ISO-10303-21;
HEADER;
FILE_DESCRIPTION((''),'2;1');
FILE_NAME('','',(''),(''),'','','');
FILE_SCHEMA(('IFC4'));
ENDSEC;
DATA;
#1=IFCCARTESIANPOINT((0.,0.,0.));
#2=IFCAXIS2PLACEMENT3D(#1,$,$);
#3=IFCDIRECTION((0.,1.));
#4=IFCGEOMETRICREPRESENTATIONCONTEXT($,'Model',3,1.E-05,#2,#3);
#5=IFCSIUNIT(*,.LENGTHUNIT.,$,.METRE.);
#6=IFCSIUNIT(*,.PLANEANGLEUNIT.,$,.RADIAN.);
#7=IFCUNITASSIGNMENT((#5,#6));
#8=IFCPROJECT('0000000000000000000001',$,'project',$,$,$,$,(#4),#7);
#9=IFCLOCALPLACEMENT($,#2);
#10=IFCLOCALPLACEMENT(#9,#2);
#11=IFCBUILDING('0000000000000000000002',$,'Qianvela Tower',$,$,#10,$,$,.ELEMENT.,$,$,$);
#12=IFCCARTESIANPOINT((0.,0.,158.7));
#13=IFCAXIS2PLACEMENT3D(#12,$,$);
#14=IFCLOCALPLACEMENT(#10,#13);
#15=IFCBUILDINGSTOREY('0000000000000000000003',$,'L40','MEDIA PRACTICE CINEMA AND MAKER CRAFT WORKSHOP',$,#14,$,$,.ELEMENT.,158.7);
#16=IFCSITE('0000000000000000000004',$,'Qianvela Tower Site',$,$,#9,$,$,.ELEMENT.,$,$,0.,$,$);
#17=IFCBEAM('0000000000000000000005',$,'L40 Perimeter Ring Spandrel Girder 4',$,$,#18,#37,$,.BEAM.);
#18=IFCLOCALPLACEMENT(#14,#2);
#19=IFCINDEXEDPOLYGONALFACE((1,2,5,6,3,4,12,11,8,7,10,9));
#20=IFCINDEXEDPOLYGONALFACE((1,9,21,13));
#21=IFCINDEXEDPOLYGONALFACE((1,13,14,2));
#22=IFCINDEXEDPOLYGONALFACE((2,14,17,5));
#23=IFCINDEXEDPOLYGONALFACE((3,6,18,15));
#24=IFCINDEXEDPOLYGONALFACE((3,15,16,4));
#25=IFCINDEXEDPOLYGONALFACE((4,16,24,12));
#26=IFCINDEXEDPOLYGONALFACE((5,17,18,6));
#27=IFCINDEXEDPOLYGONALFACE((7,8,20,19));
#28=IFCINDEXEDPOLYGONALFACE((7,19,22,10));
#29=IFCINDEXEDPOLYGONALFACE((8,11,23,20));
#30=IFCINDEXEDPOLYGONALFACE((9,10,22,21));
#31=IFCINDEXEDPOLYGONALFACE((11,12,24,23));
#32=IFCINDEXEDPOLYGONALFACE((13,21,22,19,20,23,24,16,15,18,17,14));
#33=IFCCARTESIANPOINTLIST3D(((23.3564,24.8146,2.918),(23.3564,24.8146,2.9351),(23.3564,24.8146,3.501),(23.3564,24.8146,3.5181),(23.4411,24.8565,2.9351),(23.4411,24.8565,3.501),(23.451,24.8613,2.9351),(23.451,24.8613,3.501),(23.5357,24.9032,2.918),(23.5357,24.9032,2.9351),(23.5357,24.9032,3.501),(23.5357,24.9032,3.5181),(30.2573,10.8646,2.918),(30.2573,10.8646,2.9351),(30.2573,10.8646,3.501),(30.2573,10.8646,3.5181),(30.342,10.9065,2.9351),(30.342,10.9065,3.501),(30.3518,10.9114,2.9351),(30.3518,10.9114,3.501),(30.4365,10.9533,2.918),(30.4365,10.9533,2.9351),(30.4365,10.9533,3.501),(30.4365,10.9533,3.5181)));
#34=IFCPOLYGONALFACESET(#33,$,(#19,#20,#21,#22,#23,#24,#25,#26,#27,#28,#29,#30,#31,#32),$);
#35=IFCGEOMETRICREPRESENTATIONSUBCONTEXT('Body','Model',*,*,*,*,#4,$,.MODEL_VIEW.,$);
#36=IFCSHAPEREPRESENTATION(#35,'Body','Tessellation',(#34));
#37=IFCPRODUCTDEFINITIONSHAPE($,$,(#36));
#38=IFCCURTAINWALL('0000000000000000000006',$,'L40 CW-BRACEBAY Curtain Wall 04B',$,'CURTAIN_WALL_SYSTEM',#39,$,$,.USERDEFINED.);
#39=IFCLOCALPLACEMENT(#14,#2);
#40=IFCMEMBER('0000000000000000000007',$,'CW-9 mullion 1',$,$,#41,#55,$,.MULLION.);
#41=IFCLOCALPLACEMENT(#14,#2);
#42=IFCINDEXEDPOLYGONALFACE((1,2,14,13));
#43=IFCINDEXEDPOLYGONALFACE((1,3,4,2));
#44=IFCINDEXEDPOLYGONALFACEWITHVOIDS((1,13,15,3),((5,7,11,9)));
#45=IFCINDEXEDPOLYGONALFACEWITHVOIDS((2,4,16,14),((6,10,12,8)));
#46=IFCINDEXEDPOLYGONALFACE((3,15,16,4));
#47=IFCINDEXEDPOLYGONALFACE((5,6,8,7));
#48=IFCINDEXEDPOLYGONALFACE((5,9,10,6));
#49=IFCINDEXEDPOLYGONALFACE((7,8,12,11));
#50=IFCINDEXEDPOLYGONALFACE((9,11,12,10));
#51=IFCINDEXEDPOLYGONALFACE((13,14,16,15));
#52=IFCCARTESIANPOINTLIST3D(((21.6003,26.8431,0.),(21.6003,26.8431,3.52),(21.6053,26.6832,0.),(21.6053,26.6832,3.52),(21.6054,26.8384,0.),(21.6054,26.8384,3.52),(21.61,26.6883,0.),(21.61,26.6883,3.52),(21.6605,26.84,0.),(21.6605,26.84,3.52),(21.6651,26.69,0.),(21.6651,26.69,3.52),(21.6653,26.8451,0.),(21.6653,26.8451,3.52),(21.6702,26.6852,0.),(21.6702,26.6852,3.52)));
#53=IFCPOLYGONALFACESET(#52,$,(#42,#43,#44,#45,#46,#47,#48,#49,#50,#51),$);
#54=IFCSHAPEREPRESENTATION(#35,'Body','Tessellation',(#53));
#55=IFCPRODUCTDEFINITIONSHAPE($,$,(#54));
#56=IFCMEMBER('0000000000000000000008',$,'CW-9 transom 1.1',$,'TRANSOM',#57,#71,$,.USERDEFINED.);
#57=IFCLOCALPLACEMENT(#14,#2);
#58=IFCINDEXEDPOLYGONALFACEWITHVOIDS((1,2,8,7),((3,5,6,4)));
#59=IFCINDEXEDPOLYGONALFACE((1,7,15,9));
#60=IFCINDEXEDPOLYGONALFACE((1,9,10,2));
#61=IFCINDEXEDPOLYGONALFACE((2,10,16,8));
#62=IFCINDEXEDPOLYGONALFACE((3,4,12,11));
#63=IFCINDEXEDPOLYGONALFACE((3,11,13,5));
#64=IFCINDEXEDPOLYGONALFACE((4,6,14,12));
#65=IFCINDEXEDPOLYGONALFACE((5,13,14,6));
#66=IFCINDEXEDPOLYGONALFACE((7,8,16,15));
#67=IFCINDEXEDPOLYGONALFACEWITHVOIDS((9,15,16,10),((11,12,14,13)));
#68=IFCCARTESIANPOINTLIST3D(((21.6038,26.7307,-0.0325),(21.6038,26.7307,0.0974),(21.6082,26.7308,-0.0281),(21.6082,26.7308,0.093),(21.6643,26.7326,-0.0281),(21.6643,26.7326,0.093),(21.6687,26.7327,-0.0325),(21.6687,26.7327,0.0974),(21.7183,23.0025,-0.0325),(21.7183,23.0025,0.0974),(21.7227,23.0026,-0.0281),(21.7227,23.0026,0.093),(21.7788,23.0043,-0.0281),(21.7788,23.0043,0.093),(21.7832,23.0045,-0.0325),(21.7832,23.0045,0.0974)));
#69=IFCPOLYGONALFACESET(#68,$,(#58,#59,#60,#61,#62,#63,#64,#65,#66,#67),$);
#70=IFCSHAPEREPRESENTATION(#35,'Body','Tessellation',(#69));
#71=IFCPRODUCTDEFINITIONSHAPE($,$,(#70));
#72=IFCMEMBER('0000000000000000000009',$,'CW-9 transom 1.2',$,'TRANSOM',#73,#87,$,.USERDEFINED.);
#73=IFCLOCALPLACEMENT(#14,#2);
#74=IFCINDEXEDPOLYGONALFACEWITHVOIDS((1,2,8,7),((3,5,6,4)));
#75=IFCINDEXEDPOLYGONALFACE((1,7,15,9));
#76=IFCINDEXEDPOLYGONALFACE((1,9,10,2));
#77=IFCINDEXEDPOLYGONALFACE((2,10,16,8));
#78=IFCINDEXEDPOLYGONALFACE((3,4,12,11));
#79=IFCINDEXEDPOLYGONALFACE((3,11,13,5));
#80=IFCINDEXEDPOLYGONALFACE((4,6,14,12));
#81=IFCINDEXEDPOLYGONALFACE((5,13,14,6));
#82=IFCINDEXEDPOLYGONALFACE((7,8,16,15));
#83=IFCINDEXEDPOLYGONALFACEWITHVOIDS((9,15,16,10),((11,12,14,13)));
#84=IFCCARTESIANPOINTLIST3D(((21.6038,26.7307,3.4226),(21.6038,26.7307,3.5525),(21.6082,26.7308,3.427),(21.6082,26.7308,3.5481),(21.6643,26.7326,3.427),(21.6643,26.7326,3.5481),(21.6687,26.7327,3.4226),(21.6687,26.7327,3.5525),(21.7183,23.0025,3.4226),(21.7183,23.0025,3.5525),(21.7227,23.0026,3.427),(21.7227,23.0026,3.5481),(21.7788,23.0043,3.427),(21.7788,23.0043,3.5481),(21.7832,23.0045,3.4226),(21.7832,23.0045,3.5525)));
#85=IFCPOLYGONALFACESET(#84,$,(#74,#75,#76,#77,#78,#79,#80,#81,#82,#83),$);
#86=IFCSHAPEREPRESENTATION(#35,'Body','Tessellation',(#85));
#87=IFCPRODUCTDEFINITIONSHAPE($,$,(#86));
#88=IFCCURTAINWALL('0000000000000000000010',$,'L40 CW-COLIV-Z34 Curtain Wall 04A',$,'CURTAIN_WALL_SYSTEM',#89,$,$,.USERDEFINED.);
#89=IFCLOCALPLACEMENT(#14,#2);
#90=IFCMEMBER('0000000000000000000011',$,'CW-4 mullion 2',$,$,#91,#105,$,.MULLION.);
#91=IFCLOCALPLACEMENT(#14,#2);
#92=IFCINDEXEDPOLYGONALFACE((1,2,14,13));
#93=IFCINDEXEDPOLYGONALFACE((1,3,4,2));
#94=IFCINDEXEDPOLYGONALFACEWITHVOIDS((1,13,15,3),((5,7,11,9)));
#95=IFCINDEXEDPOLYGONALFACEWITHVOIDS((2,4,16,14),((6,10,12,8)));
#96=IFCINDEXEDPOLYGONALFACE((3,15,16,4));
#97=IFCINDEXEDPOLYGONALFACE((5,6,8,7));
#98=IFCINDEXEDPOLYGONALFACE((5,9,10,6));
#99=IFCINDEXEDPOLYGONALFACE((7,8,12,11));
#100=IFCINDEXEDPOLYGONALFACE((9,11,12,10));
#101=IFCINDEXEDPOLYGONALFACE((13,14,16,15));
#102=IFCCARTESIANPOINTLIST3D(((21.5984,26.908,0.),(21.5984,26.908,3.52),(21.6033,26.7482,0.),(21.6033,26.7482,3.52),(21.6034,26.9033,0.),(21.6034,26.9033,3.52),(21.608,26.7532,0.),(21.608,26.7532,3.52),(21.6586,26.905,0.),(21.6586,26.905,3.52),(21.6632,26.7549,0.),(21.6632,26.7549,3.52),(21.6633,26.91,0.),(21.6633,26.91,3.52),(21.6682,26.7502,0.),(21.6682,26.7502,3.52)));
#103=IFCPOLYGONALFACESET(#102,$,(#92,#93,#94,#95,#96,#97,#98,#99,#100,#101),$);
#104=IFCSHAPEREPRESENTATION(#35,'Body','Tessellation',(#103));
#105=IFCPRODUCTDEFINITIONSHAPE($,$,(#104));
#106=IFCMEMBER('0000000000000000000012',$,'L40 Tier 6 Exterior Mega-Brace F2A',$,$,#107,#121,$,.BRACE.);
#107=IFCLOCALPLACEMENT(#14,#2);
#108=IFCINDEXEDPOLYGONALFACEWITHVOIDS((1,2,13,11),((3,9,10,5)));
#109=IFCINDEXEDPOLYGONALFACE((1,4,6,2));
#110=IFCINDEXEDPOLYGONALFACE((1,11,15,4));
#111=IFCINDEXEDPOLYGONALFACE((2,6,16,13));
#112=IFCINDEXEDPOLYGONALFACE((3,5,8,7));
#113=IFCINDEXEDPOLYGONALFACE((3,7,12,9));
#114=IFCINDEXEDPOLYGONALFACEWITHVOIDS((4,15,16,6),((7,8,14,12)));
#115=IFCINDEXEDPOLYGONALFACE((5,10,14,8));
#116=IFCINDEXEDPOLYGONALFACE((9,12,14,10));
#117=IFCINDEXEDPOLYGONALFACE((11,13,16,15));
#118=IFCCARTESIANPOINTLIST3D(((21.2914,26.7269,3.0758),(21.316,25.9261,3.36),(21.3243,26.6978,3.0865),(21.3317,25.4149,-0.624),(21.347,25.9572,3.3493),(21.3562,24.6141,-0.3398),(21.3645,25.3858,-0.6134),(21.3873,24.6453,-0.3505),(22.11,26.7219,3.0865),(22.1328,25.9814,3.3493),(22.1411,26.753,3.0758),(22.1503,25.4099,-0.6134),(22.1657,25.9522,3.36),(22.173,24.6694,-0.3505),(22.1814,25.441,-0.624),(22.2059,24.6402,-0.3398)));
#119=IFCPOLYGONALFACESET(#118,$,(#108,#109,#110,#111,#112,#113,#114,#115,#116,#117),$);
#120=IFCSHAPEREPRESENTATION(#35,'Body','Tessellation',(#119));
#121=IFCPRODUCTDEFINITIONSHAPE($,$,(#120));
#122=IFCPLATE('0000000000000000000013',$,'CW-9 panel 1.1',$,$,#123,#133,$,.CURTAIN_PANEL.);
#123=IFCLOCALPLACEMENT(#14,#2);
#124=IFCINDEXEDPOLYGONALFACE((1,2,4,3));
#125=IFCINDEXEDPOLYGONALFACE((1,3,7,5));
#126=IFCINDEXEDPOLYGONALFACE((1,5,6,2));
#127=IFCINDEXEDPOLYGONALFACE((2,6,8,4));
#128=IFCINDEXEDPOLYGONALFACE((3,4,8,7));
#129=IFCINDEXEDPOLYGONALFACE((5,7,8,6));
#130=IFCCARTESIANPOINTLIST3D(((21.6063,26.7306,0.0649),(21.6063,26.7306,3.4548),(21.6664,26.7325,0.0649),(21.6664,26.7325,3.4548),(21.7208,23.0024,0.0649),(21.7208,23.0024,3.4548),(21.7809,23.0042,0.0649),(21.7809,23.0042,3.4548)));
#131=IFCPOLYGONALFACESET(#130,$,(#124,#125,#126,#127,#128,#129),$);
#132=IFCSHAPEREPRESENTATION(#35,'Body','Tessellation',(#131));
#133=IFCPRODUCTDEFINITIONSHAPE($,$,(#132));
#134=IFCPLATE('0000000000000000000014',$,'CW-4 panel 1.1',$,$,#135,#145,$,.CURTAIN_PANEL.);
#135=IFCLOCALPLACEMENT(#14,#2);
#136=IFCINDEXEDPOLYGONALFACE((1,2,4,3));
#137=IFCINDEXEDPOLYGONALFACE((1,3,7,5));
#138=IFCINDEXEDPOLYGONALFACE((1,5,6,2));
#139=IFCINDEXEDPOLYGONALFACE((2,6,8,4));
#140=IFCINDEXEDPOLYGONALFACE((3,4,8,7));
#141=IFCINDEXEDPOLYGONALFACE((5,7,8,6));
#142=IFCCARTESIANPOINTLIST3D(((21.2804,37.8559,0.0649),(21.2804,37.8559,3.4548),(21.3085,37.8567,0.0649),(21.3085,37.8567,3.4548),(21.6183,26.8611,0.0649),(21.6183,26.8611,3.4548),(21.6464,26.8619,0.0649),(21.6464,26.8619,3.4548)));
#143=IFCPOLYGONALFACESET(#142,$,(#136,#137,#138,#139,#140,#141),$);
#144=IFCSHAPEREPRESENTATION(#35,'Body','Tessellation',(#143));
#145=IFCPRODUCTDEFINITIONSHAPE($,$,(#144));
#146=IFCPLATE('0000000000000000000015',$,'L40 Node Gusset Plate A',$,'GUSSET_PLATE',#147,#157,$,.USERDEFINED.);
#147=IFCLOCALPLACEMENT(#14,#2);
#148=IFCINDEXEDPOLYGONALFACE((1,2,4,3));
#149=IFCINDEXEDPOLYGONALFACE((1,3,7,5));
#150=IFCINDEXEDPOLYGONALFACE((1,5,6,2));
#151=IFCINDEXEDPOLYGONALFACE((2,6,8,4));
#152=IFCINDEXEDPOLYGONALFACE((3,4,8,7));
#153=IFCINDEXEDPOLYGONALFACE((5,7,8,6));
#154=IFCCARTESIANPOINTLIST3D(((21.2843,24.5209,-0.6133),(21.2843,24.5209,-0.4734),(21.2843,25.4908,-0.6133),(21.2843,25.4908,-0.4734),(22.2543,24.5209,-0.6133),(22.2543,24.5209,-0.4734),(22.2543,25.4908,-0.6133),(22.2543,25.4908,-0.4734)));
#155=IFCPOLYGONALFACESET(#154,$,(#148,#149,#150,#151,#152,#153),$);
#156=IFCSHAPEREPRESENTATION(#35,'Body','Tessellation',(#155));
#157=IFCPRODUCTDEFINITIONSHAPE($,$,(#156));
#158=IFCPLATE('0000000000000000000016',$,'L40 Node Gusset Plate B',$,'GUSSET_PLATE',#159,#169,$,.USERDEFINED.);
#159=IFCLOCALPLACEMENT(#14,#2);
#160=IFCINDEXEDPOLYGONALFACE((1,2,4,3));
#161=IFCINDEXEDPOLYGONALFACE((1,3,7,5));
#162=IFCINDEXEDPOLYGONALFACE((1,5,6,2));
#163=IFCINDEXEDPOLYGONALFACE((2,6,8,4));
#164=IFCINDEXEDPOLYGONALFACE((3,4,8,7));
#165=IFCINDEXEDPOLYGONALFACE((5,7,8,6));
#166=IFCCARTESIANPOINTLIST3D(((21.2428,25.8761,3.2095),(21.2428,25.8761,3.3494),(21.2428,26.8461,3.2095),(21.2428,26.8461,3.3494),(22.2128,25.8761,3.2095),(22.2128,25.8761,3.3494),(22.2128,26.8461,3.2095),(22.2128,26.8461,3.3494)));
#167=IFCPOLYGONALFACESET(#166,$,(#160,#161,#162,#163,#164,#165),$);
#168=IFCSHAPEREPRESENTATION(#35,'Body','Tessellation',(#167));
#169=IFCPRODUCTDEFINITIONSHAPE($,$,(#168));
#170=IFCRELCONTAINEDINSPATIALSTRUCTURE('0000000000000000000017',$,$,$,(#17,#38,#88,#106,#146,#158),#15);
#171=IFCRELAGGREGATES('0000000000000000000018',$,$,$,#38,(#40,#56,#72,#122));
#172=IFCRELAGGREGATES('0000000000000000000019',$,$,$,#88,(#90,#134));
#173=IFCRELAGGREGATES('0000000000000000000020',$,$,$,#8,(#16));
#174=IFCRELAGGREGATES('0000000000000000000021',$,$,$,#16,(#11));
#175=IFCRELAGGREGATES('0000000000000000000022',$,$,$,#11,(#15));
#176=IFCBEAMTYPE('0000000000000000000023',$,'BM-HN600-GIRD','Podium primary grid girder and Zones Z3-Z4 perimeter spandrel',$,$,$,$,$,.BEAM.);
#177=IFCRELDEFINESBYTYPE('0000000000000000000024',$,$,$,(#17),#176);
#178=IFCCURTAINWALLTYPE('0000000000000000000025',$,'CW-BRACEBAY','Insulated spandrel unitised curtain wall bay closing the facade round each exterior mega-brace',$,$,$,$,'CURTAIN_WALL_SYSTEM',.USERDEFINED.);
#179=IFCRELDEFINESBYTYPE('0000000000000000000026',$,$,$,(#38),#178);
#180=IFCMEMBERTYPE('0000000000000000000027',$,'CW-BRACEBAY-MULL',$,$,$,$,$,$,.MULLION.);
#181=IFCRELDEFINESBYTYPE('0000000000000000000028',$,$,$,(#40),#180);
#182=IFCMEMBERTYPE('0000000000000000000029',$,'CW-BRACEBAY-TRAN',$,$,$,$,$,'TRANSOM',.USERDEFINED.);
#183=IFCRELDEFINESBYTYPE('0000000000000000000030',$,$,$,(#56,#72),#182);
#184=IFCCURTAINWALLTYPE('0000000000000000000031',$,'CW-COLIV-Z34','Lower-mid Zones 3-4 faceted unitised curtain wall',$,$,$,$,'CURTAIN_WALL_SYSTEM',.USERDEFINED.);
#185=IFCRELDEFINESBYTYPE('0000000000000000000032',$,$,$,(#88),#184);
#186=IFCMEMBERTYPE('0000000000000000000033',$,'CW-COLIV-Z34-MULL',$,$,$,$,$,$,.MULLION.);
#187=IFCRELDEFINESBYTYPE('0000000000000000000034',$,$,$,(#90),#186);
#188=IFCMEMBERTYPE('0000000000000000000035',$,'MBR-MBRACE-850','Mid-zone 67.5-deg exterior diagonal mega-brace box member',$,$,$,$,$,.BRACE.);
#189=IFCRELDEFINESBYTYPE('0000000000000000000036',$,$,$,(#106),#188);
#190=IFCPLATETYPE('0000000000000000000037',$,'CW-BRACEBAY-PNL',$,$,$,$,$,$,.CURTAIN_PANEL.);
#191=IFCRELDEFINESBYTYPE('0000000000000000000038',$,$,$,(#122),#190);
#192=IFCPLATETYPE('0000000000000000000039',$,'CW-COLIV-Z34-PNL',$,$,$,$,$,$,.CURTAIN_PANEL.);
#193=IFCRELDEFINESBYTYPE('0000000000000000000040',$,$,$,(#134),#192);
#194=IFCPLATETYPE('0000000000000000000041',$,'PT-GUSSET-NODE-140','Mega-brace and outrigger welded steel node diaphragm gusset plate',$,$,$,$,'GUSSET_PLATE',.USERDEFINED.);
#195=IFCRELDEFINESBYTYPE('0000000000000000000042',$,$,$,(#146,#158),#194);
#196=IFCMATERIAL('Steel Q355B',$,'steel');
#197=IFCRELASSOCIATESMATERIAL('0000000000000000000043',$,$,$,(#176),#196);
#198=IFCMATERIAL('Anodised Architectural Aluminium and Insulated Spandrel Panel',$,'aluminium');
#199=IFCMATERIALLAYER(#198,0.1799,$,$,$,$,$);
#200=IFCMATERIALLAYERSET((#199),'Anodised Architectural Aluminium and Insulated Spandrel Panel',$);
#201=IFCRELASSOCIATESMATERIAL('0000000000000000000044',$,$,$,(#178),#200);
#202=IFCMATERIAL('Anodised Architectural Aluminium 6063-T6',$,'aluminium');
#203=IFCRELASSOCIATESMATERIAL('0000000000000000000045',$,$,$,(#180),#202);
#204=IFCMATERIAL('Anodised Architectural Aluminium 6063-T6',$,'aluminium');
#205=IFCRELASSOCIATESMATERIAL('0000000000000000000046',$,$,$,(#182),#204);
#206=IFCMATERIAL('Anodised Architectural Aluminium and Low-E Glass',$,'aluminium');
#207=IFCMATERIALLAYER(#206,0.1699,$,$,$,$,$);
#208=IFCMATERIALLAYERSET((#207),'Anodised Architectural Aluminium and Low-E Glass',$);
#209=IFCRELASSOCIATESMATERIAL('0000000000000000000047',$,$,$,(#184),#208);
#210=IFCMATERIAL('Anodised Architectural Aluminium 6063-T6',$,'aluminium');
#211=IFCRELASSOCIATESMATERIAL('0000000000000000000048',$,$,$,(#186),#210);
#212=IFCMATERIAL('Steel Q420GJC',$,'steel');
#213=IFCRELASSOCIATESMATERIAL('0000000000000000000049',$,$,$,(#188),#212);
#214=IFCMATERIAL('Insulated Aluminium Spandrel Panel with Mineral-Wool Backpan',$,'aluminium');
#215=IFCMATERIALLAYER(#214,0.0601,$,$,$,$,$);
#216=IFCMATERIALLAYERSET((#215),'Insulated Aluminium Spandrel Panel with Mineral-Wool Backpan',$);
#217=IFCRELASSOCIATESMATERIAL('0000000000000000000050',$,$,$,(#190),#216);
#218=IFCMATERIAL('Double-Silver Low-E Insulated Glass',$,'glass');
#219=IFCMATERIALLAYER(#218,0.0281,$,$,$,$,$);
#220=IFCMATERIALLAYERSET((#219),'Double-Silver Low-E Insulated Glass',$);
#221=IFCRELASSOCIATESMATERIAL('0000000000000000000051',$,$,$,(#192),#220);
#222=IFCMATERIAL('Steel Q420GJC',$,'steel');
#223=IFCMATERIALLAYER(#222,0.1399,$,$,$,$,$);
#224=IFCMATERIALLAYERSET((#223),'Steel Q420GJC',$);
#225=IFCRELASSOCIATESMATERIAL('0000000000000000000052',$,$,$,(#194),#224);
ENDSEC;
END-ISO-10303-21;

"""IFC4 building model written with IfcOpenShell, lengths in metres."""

from ifc_helpers import new_model, si_unit, direction, frame, origin, origin_2d, place, context, subcontext, project, spatial, rectangle, hollow_rectangle, i_section, extrude, material, layer, layer_set, material_profile, profile_set, type_object, element, aggregate, save


model = new_model("IFC4")

# Units and contexts
model_context = context("Model", 3, precision=1e-05, world=origin(), true_north=direction((0.0, 1.0)))
body_context = subcontext(model_context, "Body", "Model", "MODEL_VIEW")
ifc_project = project(units=[si_unit("LENGTHUNIT", "METRE"), si_unit("PLANEANGLEUNIT", "RADIAN")], contexts=[model_context])

# Site, building, storey
site_placement = place(None, origin())
site = spatial("IfcSite", under=ifc_project, at=site_placement, Name="Qianvela Tower Site", CompositionType="ELEMENT", RefElevation=0.0)
building_placement = place(site_placement, origin())
building = spatial("IfcBuilding", under=site, at=building_placement, Name="Qianvela Tower", CompositionType="ELEMENT")
storey_placement = place(building_placement, frame((0.0, 0.0, 158.7)))
storey = spatial("IfcBuildingStorey", under=building, at=storey_placement, Name="L40", Description="MEDIA PRACTICE CINEMA AND MAKER CRAFT WORKSHOP", CompositionType="ELEMENT", Elevation=158.7)

# Beam
ifc_material_1 = material(Name="Steel Q355B", Category="steel")
ifc_material_profile_1 = material_profile(ifc_material_1, i_section(OverallWidth=0.2, OverallDepth=0.6001, WebThickness=0.011, FlangeThickness=0.0171, at=origin_2d()), Name="HN600x200x11x17")
ifc_profile_set_1 = profile_set([ifc_material_profile_1], Name="Steel Q355B")
beam_type = type_object("IfcBeamType", Name="BM-HN600-GIRD", Description="Podium primary grid girder and Zones Z3-Z4 perimeter spandrel", PredefinedType="BEAM", material=ifc_profile_set_1)
beam_placement = place(storey_placement, frame((23.446, 24.8589, 3.218), z_axis=(0.443401, -0.896323, 0.0), x_axis=(0.896323, 0.443401, 0.0)))
element("IfcBeam", 1, at=beam_placement, inside=storey, type_object=beam_type, Name="L40 Perimeter Ring Spandrel Girder 4", PredefinedType="BEAM", context=body_context, shape_type="SweptSolid", body=[
    extrude(i_section(OverallWidth=0.2, OverallDepth=0.6001, WebThickness=0.011, FlangeThickness=0.0171, at=origin_2d()), origin(), (0.0, 0.0, 1.0), 15.5635),
])

# Curtain wall, members
ifc_material_2 = material(Name="Anodised Architectural Aluminium and Insulated Spandrel Panel", Category="aluminium")
ifc_layer_1 = layer(ifc_material_2, 0.1799)
ifc_layer_set_1 = layer_set([ifc_layer_1], Name="Anodised Architectural Aluminium and Insulated Spandrel Panel")
curtain_wall_type_1 = type_object("IfcCurtainWallType", Name="CW-BRACEBAY", Description="Insulated spandrel unitised curtain wall bay closing the facade round each exterior mega-brace", ElementType="CURTAIN_WALL_SYSTEM", PredefinedType="USERDEFINED", material=ifc_layer_set_1)
curtain_wall_1_placement = place(storey_placement, origin())
curtain_wall_1 = element("IfcCurtainWall", 2, at=curtain_wall_1_placement, inside=storey, type_object=curtain_wall_type_1, Name="L40 CW-BRACEBAY Curtain Wall 04B", ObjectType="CURTAIN_WALL_SYSTEM", PredefinedType="USERDEFINED")
ifc_material_3 = material(Name="Anodised Architectural Aluminium 6063-T6", Category="aluminium")
ifc_material_profile_2 = material_profile(ifc_material_3, hollow_rectangle(XDim=0.0649, YDim=0.1599, WallThickness=0.0049, at=origin_2d()), Name="ALU-MULL-65x160")
ifc_profile_set_2 = profile_set([ifc_material_profile_2], Name="Anodised Architectural Aluminium 6063-T6")
member_type_1 = type_object("IfcMemberType", Name="CW-BRACEBAY-MULL", PredefinedType="MULLION", material=ifc_profile_set_2)
member_1_placement = place(storey_placement, frame((21.6353, 26.7642, 0.0), z_axis=(0.0, 0.0, 1.0), x_axis=(0.999529, 0.030699, 0.0)))
member_1 = element("IfcMember", 3, at=member_1_placement, type_object=member_type_1, Name="CW-9 mullion 1", PredefinedType="MULLION", context=body_context, shape_type="SweptSolid", body=[
    extrude(hollow_rectangle(XDim=0.0649, YDim=0.1599, WallThickness=0.0049, at=origin_2d()), origin(), (0.0, 0.0, 1.0), 3.52),
])
ifc_material_4 = material(Name="Anodised Architectural Aluminium 6063-T6", Category="aluminium")
ifc_material_profile_3 = material_profile(ifc_material_4, hollow_rectangle(XDim=0.0649, YDim=0.1299, WallThickness=0.0044, at=origin_2d()), Name="ALU-TRAN-65x130")
ifc_profile_set_3 = profile_set([ifc_material_profile_3], Name="Anodised Architectural Aluminium 6063-T6")
member_type_2 = type_object("IfcMemberType", Name="CW-BRACEBAY-TRAN", ElementType="TRANSOM", PredefinedType="USERDEFINED", material=ifc_profile_set_3)
member_2_placement = place(storey_placement, frame((21.6362, 26.7317, 0.0325), z_axis=(0.030697, -0.999529, 0.0), x_axis=(0.999529, 0.030697, 0.0)))
member_2 = element("IfcMember", 4, at=member_2_placement, type_object=member_type_2, Name="CW-9 transom 1.1", ObjectType="TRANSOM", PredefinedType="USERDEFINED", context=body_context, shape_type="SweptSolid", body=[
    extrude(hollow_rectangle(XDim=0.0649, YDim=0.1299, WallThickness=0.0044, at=origin_2d()), origin(), (0.0, 0.0, 1.0), 3.73),
])
member_3_placement = place(storey_placement, frame((21.6362, 26.7317, 3.4875), z_axis=(0.030697, -0.999529, 0.0), x_axis=(0.999529, 0.030697, 0.0)))
member_3 = element("IfcMember", 5, at=member_3_placement, type_object=member_type_2, Name="CW-9 transom 1.2", ObjectType="TRANSOM", PredefinedType="USERDEFINED", context=body_context, shape_type="SweptSolid", body=[
    extrude(hollow_rectangle(XDim=0.0649, YDim=0.1299, WallThickness=0.0044, at=origin_2d()), origin(), (0.0, 0.0, 1.0), 3.73),
])

# Curtain wall, member
ifc_material_5 = material(Name="Anodised Architectural Aluminium and Low-E Glass", Category="aluminium")
ifc_layer_2 = layer(ifc_material_5, 0.1699)
ifc_layer_set_2 = layer_set([ifc_layer_2], Name="Anodised Architectural Aluminium and Low-E Glass")
curtain_wall_type_2 = type_object("IfcCurtainWallType", Name="CW-COLIV-Z34", Description="Lower-mid Zones 3-4 faceted unitised curtain wall", ElementType="CURTAIN_WALL_SYSTEM", PredefinedType="USERDEFINED", material=ifc_layer_set_2)
curtain_wall_2_placement = place(storey_placement, origin())
curtain_wall_2 = element("IfcCurtainWall", 6, at=curtain_wall_2_placement, inside=storey, type_object=curtain_wall_type_2, Name="L40 CW-COLIV-Z34 Curtain Wall 04A", ObjectType="CURTAIN_WALL_SYSTEM", PredefinedType="USERDEFINED")
ifc_material_6 = material(Name="Anodised Architectural Aluminium 6063-T6", Category="aluminium")
ifc_material_profile_4 = material_profile(ifc_material_6, hollow_rectangle(XDim=0.0649, YDim=0.1599, WallThickness=0.0049, at=origin_2d()), Name="ALU-MULL-65x160")
ifc_profile_set_4 = profile_set([ifc_material_profile_4], Name="Anodised Architectural Aluminium 6063-T6")
member_type_3 = type_object("IfcMemberType", Name="CW-COLIV-Z34-MULL", PredefinedType="MULLION", material=ifc_profile_set_4)
member_4_placement = place(storey_placement, frame((21.6333, 26.8291, 0.0), z_axis=(0.0, 0.0, 1.0), x_axis=(0.999528, 0.030719, 0.0)))
member_4 = element("IfcMember", 7, at=member_4_placement, type_object=member_type_3, Name="CW-4 mullion 2", PredefinedType="MULLION", context=body_context, shape_type="SweptSolid", body=[
    extrude(hollow_rectangle(XDim=0.0649, YDim=0.1599, WallThickness=0.0049, at=origin_2d()), origin(), (0.0, 0.0, 1.0), 3.52),
])

# Member
ifc_material_7 = material(Name="Steel Q420GJC", Category="steel")
ifc_material_profile_5 = material_profile(ifc_material_7, hollow_rectangle(XDim=0.8501, YDim=0.8501, WallThickness=0.032, at=origin_2d()), Name="MBOX-850x850x32")
ifc_profile_set_5 = profile_set([ifc_material_profile_5], Name="Steel Q420GJC")
member_type_4 = type_object("IfcMemberType", Name="MBR-MBRACE-850", Description="Mid-zone 67.5-deg exterior diagonal mega-brace box member", PredefinedType="BRACE", material=ifc_profile_set_5)
member_5_placement = place(storey_placement, frame((21.7688, 25.0276, -0.4819), z_axis=(-0.010261, 0.334194, 0.942448), x_axis=(-0.999529, -0.030689, 0.0)))
element("IfcMember", 8, at=member_5_placement, inside=storey, type_object=member_type_4, Name="L40 Tier 6 Exterior Mega-Brace F2A", PredefinedType="BRACE", context=body_context, shape_type="SweptSolid", body=[
    extrude(hollow_rectangle(XDim=0.8501, YDim=0.8501, WallThickness=0.032, at=origin_2d()), origin(), (0.0, 0.0, 1.0), 3.9258),
])

# Plates
ifc_material_8 = material(Name="Insulated Aluminium Spandrel Panel with Mineral-Wool Backpan", Category="aluminium")
ifc_layer_3 = layer(ifc_material_8, 0.0601)
ifc_layer_set_3 = layer_set([ifc_layer_3], Name="Insulated Aluminium Spandrel Panel with Mineral-Wool Backpan")
plate_type_1 = type_object("IfcPlateType", Name="CW-BRACEBAY-PNL", PredefinedType="CURTAIN_PANEL", material=ifc_layer_set_3)
plate_1_placement = place(storey_placement, frame((21.6936, 24.8674, 0.0649), z_axis=(0.0, 0.0, 1.0), x_axis=(0.030699, -0.999529, 0.0)))
plate_1 = element("IfcPlate", 9, at=plate_1_placement, type_object=plate_type_1, Name="CW-9 panel 1.1", PredefinedType="CURTAIN_PANEL", context=body_context, shape_type="SweptSolid", body=[
    extrude(rectangle(XDim=3.73, YDim=0.0601, at=origin_2d()), origin(), (0.0, 0.0, 1.0), 3.3899),
])
aggregate(curtain_wall_1, [member_1, member_2, member_3, plate_1])
ifc_material_9 = material(Name="Double-Silver Low-E Insulated Glass", Category="glass")
ifc_layer_4 = layer(ifc_material_9, 0.0281)
ifc_layer_set_4 = layer_set([ifc_layer_4], Name="Double-Silver Low-E Insulated Glass")
plate_type_2 = type_object("IfcPlateType", Name="CW-COLIV-Z34-PNL", PredefinedType="CURTAIN_PANEL", material=ifc_layer_set_4)
plate_2_placement = place(storey_placement, frame((21.4634, 32.3589, 0.0649), z_axis=(0.0, 0.0, 1.0), x_axis=(0.030719, -0.999528, 0.0)))
plate_2 = element("IfcPlate", 10, at=plate_2_placement, type_object=plate_type_2, Name="CW-4 panel 1.1", PredefinedType="CURTAIN_PANEL", context=body_context, shape_type="SweptSolid", body=[
    extrude(rectangle(XDim=11.0, YDim=0.0281, at=origin_2d()), origin(), (0.0, 0.0, 1.0), 3.3899),
])
aggregate(curtain_wall_2, [member_4, plate_2])

# Plates
ifc_material_10 = material(Name="Steel Q420GJC", Category="steel")
ifc_layer_5 = layer(ifc_material_10, 0.1399)
ifc_layer_set_5 = layer_set([ifc_layer_5], Name="Steel Q420GJC")
plate_type_3 = type_object("IfcPlateType", Name="PT-GUSSET-NODE-140", Description="Mega-brace and outrigger welded steel node diaphragm gusset plate", ElementType="GUSSET_PLATE", PredefinedType="USERDEFINED", material=ifc_layer_set_5)
for number, where, z_axis, x_axis, name in (
    (11, (21.7693, 25.0059, -0.6133), (0.0, 0.0, 1.0), (1.0, 0.0, 0.0), "L40 Node Gusset Plate A"),
    (12, (21.7278, 26.3611, 3.2095), (0.0, 0.0, 1.0), (1.0, 0.0, 0.0), "L40 Node Gusset Plate B"),
):
    element("IfcPlate", number, at=place(storey_placement, frame(where, z_axis=z_axis, x_axis=x_axis)), inside=storey, type_object=plate_type_3, Name=name, ObjectType="GUSSET_PLATE", PredefinedType="USERDEFINED", context=body_context, shape_type="SweptSolid", body=[
        extrude(rectangle(XDim=0.97, YDim=0.97, at=origin_2d()), origin(), (0.0, 0.0, 1.0), 0.1399),
    ])

save(model, "model.ifc")
